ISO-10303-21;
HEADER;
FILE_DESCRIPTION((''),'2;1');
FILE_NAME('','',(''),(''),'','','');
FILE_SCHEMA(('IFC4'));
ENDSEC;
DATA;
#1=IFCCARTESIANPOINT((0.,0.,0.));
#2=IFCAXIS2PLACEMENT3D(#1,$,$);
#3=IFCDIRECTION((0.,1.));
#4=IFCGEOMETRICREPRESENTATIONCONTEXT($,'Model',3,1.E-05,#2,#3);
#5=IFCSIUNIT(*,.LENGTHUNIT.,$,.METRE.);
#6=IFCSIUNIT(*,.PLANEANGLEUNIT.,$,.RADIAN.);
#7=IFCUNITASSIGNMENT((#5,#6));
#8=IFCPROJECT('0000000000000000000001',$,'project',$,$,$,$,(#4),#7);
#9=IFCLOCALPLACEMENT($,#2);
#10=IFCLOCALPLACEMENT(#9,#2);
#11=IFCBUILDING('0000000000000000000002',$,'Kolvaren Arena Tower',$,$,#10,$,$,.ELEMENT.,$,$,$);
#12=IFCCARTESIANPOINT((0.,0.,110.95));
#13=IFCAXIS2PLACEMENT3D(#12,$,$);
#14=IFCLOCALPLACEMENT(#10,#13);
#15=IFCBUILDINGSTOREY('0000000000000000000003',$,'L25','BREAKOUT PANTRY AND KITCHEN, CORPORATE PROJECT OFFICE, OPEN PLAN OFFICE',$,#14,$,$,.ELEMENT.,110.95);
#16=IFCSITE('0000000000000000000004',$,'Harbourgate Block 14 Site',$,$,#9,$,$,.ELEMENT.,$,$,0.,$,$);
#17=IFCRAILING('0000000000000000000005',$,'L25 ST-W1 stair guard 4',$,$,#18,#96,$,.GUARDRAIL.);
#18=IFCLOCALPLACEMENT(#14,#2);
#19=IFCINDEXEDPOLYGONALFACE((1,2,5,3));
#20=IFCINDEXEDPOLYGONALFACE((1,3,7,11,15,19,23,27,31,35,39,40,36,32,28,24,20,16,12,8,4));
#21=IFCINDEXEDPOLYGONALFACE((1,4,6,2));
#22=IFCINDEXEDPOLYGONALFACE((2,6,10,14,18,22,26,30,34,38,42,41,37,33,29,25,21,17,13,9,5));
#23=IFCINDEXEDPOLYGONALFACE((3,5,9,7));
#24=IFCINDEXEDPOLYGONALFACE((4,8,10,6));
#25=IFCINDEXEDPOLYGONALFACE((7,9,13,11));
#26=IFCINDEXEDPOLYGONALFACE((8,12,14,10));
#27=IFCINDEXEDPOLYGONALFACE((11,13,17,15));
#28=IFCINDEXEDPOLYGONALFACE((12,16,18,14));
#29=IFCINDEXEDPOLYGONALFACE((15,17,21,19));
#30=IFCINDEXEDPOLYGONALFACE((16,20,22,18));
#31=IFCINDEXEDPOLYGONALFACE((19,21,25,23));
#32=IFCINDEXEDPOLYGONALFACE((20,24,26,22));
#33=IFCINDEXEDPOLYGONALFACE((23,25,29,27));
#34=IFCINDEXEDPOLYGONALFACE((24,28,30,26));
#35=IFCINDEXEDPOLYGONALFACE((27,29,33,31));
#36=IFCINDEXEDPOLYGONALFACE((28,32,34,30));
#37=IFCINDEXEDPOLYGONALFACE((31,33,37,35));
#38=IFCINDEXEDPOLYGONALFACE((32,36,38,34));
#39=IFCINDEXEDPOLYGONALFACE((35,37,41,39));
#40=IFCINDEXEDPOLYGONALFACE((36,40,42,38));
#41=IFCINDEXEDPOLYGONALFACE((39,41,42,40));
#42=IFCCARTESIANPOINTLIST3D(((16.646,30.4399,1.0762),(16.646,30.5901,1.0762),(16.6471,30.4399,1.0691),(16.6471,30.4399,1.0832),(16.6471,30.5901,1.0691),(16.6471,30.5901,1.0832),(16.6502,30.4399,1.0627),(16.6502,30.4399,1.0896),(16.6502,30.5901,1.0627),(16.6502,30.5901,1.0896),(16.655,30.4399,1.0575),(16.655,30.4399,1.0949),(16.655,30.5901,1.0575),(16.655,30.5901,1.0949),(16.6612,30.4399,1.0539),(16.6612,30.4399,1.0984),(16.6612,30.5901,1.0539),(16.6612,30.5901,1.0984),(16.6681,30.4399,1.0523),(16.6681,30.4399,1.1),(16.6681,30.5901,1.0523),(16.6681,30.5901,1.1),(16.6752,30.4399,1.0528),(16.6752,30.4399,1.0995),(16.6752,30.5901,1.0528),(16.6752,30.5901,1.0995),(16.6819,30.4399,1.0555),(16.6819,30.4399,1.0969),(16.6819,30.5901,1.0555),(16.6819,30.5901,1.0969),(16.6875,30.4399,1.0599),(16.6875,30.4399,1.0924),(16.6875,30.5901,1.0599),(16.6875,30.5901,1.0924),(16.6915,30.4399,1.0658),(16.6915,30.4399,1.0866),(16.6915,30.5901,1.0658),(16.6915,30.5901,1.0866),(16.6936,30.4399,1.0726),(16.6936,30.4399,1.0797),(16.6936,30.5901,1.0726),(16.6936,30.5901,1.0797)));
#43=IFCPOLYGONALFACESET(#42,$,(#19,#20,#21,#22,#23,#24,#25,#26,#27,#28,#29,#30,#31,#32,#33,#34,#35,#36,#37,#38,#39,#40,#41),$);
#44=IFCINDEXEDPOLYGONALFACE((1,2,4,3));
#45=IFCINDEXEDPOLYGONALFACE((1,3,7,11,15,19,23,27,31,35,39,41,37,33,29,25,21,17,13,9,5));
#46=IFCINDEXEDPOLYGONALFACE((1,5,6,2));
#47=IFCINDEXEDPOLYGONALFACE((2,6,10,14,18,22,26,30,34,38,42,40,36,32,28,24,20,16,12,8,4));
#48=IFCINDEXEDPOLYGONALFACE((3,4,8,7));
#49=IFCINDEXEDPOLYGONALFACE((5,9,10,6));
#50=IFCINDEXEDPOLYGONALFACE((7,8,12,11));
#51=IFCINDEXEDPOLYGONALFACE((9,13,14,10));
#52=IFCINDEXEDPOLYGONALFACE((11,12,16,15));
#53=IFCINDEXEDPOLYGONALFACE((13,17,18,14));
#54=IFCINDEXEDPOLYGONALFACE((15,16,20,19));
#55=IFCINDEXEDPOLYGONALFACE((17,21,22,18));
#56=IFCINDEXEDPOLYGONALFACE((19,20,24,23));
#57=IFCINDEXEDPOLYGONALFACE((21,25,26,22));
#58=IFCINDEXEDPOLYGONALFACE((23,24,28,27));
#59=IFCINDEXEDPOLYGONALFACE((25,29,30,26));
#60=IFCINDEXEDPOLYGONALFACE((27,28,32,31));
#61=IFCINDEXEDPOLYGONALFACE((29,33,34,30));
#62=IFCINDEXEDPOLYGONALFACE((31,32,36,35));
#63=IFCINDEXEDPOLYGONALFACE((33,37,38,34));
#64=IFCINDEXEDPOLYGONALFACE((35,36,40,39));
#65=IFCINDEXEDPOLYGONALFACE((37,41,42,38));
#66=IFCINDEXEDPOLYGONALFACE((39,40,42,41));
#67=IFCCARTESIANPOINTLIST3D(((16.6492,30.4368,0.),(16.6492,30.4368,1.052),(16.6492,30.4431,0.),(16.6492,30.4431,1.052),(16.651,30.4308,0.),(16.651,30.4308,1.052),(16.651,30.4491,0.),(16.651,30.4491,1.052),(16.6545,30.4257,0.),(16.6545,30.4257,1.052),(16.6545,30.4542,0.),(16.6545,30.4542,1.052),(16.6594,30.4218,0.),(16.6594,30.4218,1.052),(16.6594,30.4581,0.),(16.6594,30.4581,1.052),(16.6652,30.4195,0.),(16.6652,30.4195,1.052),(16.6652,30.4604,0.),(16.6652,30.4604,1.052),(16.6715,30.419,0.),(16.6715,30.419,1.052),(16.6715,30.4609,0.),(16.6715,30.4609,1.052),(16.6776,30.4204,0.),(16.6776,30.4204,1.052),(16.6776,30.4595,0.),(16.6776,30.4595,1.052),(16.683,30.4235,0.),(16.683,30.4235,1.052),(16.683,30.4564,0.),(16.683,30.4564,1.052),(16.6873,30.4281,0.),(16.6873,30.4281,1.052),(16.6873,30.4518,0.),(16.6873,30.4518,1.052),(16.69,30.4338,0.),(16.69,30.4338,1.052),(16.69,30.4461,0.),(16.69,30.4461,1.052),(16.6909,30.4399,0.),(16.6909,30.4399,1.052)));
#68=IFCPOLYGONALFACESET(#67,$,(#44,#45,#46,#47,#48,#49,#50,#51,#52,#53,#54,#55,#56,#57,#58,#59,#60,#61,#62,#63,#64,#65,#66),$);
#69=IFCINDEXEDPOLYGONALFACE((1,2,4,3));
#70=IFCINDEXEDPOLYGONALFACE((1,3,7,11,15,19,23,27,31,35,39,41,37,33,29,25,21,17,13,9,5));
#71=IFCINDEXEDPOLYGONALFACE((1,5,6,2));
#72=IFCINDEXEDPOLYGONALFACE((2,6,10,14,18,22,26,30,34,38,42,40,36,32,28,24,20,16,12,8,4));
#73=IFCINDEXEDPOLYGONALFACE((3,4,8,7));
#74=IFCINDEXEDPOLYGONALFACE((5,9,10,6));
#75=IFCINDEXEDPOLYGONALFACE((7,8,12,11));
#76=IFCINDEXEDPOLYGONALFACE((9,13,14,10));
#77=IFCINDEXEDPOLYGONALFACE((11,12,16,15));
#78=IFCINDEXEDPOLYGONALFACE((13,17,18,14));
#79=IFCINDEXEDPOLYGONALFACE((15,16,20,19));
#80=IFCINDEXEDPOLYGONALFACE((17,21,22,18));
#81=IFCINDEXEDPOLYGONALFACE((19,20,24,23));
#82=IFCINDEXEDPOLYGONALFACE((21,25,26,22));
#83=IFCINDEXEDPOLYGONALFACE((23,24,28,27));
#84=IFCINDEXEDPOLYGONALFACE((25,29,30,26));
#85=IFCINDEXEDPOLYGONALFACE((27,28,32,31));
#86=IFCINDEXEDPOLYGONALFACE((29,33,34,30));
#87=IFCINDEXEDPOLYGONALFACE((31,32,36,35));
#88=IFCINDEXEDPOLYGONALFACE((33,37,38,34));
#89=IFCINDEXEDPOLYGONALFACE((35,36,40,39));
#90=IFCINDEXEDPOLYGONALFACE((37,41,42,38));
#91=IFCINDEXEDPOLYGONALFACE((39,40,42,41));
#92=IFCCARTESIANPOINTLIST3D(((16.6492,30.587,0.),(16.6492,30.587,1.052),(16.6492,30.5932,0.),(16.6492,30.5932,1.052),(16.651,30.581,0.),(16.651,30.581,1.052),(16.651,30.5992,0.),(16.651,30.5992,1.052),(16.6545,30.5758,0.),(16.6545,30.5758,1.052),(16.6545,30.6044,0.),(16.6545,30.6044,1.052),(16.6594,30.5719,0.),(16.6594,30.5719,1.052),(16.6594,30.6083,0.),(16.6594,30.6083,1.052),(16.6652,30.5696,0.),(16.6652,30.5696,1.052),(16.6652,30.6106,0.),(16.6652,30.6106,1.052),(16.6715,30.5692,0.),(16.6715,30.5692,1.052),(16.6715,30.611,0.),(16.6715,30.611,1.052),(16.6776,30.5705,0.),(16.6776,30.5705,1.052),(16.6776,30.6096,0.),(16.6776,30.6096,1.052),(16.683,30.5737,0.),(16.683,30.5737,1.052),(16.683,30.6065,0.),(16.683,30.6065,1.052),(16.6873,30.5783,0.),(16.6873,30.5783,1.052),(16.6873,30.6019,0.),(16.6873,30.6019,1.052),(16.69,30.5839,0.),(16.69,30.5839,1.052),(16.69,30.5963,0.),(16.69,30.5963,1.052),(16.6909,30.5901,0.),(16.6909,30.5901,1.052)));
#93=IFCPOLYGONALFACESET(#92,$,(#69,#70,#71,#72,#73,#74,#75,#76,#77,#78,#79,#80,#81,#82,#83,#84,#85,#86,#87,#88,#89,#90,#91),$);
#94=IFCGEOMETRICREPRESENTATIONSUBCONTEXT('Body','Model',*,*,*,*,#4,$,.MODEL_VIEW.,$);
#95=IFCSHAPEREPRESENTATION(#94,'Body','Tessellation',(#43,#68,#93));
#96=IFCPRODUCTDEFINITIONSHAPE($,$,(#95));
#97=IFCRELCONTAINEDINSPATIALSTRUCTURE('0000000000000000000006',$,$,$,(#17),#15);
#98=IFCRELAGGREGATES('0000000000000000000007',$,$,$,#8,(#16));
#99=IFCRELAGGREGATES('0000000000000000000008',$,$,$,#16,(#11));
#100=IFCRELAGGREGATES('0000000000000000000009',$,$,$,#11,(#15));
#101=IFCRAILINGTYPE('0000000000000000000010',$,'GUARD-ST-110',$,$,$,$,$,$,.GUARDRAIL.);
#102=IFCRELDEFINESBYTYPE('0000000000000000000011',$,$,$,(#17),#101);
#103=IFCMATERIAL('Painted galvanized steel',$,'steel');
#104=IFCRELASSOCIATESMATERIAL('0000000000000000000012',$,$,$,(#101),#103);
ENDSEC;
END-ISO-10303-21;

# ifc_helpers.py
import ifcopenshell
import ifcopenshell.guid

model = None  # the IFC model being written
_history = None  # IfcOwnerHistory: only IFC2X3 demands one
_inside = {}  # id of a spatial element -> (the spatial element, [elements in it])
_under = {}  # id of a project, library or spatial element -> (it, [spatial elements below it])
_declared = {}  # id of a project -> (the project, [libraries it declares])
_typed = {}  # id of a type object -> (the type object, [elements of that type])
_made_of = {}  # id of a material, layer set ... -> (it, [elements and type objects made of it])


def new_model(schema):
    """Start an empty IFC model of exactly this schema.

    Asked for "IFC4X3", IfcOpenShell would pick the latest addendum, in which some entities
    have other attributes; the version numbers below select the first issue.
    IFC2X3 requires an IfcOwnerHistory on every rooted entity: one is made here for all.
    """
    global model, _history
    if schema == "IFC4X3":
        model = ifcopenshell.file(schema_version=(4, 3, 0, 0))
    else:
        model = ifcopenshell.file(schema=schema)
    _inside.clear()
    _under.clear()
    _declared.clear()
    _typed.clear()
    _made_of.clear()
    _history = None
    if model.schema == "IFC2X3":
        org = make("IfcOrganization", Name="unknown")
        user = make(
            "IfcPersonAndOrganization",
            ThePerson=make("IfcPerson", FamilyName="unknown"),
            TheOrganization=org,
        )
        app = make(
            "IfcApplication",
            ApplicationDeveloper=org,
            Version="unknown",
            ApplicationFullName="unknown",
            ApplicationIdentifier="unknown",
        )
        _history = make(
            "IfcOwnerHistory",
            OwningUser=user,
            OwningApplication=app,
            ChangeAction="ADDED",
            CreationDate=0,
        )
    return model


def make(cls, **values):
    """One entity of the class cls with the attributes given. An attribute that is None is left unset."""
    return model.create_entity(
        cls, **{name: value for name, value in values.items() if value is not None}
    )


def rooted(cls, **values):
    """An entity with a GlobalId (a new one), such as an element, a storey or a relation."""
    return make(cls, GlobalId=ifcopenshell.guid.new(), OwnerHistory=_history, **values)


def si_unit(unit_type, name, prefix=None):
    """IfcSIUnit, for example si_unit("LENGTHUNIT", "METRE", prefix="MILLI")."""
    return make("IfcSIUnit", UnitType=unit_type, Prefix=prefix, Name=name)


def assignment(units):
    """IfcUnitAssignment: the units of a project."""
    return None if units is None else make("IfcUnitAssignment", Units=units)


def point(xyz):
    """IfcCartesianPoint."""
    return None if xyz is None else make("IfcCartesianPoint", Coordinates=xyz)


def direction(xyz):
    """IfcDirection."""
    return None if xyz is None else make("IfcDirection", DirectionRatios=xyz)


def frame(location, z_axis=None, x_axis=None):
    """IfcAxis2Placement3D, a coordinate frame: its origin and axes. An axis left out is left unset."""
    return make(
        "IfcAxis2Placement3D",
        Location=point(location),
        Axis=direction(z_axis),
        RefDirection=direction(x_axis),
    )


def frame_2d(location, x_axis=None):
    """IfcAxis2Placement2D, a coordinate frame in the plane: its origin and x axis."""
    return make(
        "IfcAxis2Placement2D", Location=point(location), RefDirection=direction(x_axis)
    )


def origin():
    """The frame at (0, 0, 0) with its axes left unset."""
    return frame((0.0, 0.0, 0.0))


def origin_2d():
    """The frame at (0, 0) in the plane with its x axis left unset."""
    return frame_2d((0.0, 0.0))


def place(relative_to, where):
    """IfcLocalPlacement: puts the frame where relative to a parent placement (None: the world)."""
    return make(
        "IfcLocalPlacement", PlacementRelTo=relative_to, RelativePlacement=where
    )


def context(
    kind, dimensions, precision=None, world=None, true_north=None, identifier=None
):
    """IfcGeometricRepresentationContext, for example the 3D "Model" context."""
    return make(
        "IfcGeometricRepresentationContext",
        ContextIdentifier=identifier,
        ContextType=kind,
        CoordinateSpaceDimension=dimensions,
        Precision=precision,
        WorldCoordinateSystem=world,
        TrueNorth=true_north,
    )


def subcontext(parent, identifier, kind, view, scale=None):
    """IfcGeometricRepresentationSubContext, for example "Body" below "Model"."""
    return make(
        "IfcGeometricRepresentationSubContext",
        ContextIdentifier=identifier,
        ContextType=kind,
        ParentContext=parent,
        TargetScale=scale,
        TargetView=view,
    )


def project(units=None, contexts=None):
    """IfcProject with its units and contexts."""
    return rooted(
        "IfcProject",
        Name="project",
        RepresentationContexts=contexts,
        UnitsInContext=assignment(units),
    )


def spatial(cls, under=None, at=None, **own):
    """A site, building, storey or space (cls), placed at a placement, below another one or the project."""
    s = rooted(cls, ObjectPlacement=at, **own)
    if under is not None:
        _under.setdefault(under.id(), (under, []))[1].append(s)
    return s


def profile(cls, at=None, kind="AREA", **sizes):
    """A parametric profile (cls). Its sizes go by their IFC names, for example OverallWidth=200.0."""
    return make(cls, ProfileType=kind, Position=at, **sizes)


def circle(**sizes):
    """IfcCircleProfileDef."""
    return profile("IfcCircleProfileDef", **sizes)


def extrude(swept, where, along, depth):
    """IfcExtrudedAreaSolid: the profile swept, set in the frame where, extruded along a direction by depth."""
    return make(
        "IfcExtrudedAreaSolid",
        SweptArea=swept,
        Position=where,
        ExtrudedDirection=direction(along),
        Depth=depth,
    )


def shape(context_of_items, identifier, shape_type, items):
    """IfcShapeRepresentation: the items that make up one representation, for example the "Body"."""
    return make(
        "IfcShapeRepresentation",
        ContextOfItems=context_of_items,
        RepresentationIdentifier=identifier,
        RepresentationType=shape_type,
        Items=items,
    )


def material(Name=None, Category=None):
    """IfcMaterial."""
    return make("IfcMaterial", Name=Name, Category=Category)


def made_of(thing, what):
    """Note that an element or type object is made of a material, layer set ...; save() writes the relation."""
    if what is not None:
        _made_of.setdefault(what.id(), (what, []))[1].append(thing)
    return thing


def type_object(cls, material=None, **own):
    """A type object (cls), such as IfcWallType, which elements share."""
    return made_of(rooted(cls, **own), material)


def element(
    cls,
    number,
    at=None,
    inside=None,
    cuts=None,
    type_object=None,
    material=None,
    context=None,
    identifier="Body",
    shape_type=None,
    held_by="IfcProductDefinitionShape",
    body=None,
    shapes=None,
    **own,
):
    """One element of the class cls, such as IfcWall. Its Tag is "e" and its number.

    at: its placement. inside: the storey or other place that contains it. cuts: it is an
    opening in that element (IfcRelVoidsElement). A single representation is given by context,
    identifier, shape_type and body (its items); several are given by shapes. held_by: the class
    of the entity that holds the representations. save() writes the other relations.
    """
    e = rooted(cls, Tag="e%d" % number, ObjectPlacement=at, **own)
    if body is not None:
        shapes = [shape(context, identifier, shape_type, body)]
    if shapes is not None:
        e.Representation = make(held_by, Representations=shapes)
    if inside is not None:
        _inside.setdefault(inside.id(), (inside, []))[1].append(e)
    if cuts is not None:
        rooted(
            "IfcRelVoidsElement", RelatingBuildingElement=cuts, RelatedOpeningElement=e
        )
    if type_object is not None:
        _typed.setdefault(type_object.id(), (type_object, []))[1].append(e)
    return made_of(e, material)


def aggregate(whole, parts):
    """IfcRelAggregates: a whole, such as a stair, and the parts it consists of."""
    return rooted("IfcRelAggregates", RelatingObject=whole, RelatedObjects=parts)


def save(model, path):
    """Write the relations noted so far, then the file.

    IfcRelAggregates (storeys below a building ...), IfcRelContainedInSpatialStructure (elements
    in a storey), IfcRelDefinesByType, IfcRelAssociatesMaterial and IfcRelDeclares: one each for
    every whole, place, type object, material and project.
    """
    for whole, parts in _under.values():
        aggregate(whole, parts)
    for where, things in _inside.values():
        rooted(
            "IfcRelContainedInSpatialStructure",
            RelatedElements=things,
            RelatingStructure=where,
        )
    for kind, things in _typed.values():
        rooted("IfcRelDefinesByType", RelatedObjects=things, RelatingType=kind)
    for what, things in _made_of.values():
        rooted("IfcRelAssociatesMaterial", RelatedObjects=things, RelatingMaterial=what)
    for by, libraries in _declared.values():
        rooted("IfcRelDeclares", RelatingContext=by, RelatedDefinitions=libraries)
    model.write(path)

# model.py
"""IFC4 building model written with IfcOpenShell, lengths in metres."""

from ifc_helpers import new_model, si_unit, direction, frame, origin, origin_2d, place, context, subcontext, project, spatial, circle, extrude, material, type_object, element, save


model = new_model("IFC4")

# Units and contexts
model_context = context("Model", 3, precision=1e-05, world=origin(), true_north=direction((0.0, 1.0)))
body_context = subcontext(model_context, "Body", "Model", "MODEL_VIEW")
ifc_project = project(units=[si_unit("LENGTHUNIT", "METRE"), si_unit("PLANEANGLEUNIT", "RADIAN")], contexts=[model_context])

# Site, building, storey
site_placement = place(None, origin())
site = spatial("IfcSite", under=ifc_project, at=site_placement, Name="Harbourgate Block 14 Site", CompositionType="ELEMENT", RefElevation=0.0)
building_placement = place(site_placement, origin())
building = spatial("IfcBuilding", under=site, at=building_placement, Name="Kolvaren Arena Tower", CompositionType="ELEMENT")
storey_placement = place(building_placement, frame((0.0, 0.0, 110.95)))
storey = spatial("IfcBuildingStorey", under=building, at=storey_placement, Name="L25", Description="BREAKOUT PANTRY AND KITCHEN, CORPORATE PROJECT OFFICE, OPEN PLAN OFFICE", CompositionType="ELEMENT", Elevation=110.95)

# Railing
ifc_material_1 = material(Name="Painted galvanized steel", Category="steel")
railing_type_1 = type_object("IfcRailingType", Name="GUARD-ST-110", PredefinedType="GUARDRAIL", material=ifc_material_1)
railing_1_placement = place(storey_placement, frame((16.6699, 30.4399, 0.0)))
element("IfcRailing", 1, at=railing_1_placement, inside=storey, type_object=railing_type_1, Name="L25 ST-W1 stair guard 4", PredefinedType="GUARDRAIL", context=body_context, shape_type="SweptSolid", body=[
    extrude(circle(Radius=0.0239, at=origin_2d()), frame((0.0, 0.0, 1.0762), z_axis=(0.0, 1.0, 0.0), x_axis=(-1.0, 0.0, 0.0)), (0.0, 0.0, 1.0), 0.1501),
    extrude(circle(Radius=0.021, at=origin_2d()), origin(), (0.0, 0.0, 1.0), 1.052),
    extrude(circle(Radius=0.021, at=origin_2d()), frame((0.0, 0.1501, 0.0)), (0.0, 0.0, 1.0), 1.052),
])

save(model, "model.ifc")
